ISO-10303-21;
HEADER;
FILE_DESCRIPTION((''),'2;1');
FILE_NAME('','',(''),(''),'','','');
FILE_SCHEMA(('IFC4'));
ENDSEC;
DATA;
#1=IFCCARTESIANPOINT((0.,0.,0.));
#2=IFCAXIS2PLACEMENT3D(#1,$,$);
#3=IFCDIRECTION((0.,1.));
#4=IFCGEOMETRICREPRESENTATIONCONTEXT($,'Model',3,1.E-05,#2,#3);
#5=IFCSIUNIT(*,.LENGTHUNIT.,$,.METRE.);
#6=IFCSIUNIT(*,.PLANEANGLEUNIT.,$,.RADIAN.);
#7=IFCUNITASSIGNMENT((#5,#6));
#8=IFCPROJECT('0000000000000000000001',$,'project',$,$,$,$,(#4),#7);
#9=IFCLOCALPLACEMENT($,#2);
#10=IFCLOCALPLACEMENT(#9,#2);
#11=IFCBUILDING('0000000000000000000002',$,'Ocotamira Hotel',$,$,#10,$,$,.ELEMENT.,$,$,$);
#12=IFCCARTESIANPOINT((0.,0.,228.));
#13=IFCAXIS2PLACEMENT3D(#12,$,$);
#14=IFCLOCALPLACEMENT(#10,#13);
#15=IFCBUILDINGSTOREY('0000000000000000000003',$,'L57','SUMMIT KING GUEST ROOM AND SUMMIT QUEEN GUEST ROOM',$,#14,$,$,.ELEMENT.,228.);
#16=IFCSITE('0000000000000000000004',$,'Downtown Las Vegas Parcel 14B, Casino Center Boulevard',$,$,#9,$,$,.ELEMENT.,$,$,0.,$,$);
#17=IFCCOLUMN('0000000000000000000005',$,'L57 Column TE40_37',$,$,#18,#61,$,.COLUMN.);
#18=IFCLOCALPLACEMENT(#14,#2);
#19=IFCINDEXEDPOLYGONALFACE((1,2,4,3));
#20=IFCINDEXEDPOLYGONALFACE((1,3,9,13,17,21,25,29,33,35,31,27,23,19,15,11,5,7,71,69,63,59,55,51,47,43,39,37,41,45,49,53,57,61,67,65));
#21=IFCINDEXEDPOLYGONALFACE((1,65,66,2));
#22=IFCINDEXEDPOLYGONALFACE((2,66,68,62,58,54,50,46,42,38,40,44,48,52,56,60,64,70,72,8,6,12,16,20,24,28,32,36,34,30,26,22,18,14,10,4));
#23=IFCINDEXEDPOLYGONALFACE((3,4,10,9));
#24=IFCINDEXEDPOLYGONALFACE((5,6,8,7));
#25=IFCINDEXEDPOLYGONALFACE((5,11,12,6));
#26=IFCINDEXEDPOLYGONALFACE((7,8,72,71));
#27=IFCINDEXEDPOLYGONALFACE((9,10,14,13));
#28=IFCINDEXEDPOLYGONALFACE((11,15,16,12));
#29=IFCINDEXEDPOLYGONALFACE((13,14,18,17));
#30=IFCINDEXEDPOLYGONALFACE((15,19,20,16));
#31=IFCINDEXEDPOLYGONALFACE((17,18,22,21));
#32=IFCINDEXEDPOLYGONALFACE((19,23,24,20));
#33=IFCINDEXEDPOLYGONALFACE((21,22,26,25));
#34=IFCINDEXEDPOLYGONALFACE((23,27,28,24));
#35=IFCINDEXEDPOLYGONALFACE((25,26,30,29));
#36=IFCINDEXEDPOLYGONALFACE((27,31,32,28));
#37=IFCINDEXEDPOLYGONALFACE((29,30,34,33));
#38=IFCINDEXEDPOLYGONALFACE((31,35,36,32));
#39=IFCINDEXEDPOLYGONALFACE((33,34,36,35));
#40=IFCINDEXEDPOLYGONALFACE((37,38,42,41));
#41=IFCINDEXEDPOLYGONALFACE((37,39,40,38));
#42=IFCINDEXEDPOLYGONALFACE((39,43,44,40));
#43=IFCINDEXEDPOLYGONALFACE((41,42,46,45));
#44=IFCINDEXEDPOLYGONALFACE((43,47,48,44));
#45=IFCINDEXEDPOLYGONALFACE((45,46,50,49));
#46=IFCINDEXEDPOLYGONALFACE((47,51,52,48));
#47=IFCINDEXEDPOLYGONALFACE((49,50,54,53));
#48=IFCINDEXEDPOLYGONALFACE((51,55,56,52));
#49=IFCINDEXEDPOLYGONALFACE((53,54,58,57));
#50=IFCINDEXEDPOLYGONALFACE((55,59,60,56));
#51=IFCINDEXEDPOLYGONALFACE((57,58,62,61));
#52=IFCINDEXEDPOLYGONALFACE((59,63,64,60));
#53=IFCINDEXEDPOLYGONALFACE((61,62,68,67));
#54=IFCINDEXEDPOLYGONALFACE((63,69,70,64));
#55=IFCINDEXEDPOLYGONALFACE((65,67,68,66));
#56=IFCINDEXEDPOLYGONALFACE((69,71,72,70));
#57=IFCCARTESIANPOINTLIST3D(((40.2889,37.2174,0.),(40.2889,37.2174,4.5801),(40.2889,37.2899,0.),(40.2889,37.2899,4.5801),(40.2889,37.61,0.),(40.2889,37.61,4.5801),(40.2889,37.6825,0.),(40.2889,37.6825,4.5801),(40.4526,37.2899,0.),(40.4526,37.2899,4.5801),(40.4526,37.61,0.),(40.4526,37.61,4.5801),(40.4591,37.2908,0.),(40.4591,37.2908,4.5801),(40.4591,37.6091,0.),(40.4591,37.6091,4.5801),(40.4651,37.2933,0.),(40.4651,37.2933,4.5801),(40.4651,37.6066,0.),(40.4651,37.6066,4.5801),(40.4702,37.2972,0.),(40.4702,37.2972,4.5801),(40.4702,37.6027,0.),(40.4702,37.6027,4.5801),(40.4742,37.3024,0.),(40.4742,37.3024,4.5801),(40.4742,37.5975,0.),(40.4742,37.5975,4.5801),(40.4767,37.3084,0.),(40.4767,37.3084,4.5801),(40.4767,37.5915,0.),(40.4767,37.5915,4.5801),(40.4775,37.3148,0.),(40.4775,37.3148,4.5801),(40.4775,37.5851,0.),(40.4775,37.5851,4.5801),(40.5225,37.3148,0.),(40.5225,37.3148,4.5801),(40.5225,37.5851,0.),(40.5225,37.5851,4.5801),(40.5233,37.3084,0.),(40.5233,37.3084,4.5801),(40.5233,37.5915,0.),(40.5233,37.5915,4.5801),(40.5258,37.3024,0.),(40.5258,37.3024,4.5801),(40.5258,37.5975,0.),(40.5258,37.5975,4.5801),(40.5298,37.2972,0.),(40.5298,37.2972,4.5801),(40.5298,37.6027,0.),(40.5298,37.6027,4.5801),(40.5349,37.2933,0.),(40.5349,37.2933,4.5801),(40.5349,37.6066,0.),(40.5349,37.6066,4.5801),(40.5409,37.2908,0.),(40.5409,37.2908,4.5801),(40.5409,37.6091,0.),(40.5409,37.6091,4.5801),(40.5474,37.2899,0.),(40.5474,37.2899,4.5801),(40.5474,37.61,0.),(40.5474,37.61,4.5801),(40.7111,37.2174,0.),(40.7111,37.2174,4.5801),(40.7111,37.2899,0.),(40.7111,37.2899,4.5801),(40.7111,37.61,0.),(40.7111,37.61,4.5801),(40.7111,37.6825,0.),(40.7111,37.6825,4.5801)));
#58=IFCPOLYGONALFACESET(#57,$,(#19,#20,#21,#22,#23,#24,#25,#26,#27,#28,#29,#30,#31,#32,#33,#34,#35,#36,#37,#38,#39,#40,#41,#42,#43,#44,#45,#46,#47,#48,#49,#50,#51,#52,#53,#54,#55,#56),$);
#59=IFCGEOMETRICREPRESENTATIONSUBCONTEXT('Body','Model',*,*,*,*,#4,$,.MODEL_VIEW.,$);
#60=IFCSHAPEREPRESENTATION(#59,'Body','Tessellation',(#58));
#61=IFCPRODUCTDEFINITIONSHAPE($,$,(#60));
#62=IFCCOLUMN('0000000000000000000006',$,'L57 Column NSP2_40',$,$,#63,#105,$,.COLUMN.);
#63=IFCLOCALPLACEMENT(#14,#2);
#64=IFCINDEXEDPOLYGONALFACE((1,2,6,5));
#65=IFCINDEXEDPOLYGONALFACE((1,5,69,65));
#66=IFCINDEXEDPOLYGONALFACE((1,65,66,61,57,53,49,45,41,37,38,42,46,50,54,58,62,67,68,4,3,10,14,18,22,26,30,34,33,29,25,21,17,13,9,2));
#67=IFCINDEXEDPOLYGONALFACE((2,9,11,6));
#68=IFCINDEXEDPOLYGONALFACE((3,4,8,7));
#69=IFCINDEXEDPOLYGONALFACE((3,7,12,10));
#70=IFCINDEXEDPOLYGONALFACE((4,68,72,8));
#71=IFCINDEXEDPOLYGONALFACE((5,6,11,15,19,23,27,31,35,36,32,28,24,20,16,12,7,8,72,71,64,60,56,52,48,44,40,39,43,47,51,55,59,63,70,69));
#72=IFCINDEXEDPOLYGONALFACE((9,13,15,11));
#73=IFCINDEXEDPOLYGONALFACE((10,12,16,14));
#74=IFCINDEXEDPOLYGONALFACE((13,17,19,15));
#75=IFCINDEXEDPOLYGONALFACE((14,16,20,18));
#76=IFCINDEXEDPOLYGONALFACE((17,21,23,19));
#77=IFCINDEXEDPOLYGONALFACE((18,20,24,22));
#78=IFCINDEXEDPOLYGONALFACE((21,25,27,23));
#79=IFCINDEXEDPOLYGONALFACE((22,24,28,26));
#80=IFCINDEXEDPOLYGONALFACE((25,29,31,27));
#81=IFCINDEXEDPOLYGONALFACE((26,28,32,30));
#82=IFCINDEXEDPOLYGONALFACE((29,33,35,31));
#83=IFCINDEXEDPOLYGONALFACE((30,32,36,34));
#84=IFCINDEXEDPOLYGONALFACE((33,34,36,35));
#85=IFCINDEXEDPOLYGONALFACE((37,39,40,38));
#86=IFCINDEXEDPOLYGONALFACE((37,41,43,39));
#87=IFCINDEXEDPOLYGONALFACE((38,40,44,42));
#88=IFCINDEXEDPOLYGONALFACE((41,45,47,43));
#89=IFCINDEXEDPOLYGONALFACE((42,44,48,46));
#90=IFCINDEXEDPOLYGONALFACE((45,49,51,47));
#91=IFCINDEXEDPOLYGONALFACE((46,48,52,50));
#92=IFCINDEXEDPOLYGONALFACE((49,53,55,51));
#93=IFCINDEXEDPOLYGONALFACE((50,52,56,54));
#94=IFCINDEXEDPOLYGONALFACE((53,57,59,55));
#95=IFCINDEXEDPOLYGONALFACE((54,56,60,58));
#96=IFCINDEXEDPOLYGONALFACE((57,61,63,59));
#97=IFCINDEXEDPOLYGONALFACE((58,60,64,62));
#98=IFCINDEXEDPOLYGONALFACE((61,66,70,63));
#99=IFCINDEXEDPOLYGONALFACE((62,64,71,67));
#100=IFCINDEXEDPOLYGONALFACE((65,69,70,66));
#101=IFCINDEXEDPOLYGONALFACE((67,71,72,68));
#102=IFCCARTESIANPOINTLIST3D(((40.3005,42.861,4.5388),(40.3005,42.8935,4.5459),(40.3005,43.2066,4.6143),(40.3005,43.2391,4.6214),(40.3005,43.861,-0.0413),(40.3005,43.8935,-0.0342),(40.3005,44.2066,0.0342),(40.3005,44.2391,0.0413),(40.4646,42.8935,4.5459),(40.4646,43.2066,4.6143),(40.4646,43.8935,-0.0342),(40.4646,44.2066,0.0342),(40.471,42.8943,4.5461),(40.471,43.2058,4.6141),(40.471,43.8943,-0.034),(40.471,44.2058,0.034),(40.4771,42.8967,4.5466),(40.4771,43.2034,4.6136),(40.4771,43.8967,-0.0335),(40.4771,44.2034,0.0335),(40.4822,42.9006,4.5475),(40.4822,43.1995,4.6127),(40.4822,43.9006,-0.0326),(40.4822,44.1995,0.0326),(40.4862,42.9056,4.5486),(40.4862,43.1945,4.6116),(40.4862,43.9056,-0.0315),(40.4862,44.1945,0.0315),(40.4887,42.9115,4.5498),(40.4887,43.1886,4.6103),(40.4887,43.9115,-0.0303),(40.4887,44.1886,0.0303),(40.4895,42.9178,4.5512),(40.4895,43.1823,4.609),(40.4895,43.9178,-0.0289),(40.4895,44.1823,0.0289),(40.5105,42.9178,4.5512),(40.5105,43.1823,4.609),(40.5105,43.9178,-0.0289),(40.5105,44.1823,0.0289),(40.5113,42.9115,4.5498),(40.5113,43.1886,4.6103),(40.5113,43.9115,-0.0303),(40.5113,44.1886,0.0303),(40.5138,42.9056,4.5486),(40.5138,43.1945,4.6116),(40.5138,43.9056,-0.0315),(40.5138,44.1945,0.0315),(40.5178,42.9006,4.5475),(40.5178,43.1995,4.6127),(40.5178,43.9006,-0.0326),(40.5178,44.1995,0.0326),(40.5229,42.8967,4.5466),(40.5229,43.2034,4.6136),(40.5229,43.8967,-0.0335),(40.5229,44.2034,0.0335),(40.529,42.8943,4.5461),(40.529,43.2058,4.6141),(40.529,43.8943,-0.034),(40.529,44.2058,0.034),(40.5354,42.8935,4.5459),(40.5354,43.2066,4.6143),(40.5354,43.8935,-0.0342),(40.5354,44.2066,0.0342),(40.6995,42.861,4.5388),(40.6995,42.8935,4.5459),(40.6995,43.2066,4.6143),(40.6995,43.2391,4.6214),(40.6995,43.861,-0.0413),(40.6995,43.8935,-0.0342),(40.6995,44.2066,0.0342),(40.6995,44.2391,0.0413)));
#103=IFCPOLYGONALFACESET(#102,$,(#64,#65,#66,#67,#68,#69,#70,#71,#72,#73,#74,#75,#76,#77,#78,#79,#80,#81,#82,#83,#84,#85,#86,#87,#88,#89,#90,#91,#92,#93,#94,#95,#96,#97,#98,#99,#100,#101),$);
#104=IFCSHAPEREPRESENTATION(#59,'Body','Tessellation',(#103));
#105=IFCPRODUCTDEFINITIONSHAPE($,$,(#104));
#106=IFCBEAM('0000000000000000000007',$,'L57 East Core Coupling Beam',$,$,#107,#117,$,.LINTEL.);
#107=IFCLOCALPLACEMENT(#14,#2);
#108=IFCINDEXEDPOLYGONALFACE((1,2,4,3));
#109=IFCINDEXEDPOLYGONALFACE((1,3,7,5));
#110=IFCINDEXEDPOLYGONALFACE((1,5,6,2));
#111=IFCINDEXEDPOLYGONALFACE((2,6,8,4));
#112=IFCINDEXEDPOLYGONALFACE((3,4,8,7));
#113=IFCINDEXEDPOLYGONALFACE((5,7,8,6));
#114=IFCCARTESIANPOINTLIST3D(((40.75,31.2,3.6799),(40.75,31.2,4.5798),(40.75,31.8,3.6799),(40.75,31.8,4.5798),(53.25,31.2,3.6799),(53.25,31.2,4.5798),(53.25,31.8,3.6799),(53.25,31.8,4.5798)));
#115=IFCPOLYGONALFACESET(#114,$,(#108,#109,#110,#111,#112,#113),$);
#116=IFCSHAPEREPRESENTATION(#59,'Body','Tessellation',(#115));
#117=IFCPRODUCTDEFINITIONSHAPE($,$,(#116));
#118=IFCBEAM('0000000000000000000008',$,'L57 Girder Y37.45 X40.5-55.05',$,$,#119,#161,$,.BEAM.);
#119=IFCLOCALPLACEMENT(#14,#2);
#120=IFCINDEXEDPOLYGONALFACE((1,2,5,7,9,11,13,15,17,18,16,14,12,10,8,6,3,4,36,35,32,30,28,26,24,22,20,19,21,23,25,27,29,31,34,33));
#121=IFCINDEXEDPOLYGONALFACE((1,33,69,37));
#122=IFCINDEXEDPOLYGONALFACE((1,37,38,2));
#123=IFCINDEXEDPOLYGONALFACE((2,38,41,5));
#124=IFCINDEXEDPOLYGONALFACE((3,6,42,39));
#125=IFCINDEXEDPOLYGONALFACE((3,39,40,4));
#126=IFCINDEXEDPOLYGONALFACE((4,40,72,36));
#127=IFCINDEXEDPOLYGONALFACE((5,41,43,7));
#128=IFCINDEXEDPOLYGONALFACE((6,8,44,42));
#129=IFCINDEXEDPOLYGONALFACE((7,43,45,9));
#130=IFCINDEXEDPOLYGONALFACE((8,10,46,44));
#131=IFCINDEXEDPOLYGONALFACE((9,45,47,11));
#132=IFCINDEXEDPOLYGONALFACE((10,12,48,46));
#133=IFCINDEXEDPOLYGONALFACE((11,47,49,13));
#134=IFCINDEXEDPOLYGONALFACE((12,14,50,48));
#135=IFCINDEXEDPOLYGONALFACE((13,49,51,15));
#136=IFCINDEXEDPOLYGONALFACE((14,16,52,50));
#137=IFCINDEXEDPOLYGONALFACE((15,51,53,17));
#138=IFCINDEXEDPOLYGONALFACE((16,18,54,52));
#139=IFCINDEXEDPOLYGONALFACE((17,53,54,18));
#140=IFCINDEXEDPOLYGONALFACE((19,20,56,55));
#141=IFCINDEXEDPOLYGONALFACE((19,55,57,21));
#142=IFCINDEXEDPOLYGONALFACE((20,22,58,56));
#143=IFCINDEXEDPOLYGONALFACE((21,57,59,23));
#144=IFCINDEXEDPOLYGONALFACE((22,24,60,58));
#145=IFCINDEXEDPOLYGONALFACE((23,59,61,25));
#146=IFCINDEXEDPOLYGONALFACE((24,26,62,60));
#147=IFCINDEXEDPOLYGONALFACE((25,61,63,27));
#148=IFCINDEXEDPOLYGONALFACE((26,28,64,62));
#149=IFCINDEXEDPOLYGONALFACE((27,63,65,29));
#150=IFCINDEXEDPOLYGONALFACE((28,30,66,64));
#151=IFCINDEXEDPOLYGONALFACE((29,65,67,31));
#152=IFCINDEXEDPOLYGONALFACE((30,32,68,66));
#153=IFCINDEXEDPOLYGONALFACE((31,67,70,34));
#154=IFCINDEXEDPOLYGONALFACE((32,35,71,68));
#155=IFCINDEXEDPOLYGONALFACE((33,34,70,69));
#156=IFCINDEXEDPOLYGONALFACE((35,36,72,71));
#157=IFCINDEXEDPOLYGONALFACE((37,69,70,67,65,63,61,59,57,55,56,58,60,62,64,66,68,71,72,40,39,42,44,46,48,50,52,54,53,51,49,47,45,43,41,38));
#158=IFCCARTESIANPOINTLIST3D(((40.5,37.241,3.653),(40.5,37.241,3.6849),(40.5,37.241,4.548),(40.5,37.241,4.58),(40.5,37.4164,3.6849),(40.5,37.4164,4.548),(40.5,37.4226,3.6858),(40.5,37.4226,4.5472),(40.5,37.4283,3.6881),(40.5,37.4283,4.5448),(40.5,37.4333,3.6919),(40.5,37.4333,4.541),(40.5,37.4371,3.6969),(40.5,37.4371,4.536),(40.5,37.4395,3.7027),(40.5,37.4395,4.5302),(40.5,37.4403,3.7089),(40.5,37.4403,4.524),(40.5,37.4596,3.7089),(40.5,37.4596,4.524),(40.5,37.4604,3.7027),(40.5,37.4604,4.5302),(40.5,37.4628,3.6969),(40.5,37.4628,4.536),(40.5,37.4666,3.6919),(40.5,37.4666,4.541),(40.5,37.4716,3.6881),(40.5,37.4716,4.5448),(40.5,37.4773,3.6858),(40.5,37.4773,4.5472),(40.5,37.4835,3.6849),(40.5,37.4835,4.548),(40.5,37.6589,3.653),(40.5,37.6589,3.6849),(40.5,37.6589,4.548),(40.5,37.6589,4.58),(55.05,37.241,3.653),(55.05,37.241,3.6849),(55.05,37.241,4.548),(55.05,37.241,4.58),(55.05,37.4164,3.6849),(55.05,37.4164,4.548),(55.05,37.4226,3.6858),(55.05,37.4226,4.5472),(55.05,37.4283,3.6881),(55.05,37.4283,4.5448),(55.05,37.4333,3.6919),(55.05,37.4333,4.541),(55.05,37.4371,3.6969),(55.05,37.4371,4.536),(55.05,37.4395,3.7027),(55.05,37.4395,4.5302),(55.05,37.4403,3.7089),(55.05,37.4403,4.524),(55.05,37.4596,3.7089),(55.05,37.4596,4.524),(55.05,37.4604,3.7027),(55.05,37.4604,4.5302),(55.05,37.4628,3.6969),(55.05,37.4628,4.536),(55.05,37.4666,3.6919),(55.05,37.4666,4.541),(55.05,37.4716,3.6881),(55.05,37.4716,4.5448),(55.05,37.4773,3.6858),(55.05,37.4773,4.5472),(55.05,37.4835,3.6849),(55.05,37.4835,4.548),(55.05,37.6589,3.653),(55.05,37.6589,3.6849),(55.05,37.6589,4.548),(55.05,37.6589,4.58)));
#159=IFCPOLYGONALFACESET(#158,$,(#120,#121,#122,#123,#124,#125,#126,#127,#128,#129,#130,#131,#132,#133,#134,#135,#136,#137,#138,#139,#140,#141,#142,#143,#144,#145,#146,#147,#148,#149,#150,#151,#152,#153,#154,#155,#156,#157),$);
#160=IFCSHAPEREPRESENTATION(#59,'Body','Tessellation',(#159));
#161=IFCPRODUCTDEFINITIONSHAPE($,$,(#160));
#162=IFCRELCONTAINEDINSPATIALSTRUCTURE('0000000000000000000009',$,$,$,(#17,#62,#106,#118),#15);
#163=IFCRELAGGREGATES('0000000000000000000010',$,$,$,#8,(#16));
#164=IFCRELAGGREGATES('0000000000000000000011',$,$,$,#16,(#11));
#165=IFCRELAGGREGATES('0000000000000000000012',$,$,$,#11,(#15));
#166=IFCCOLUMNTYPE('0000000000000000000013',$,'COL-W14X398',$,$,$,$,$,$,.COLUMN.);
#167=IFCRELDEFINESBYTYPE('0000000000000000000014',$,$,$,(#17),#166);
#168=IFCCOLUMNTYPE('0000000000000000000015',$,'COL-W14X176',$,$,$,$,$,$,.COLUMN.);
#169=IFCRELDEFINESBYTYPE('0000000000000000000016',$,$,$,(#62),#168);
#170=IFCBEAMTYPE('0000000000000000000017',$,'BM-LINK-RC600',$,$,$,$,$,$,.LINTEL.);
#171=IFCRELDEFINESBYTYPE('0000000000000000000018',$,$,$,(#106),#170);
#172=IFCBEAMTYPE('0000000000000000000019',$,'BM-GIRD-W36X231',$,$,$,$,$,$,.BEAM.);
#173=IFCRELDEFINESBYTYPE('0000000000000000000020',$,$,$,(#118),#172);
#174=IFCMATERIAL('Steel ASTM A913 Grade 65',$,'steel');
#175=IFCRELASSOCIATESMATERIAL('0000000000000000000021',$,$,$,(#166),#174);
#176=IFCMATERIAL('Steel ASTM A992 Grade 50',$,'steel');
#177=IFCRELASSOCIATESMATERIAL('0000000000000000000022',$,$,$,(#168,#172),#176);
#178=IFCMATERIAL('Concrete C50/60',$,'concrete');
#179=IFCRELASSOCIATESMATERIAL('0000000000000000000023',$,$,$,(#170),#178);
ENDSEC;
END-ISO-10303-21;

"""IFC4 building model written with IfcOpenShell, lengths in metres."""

from ifc_helpers import new_model, si_unit, direction, frame, origin, origin_2d, place, context, subcontext, project, spatial, rectangle, i_section, extrude, source, transform, mapped, material, material_profile, profile_set, type_object, element, save


model = new_model("IFC4")

# Units and contexts
model_context = context("Model", 3, precision=1e-05, world=origin(), true_north=direction((0.0, 1.0)))
body_context = subcontext(model_context, "Body", "Model", "MODEL_VIEW")
ifc_project = project(units=[si_unit("LENGTHUNIT", "METRE"), si_unit("PLANEANGLEUNIT", "RADIAN")], contexts=[model_context])

# Site, building, storey
site_placement = place(None, origin())
site = spatial("IfcSite", under=ifc_project, at=site_placement, Name="Downtown Las Vegas Parcel 14B, Casino Center Boulevard", CompositionType="ELEMENT", RefElevation=0.0)
building_placement = place(site_placement, origin())
building = spatial("IfcBuilding", under=site, at=building_placement, Name="Ocotamira Hotel", CompositionType="ELEMENT")
storey_placement = place(building_placement, frame((0.0, 0.0, 228.0)))
storey = spatial("IfcBuildingStorey", under=building, at=storey_placement, Name="L57", Description="SUMMIT KING GUEST ROOM AND SUMMIT QUEEN GUEST ROOM", CompositionType="ELEMENT", Elevation=228.0)

# Columns
ifc_material_1 = material(Name="Steel ASTM A913 Grade 65", Category="steel")
ifc_material_profile_1 = material_profile(ifc_material_1, i_section(OverallWidth=0.4221, OverallDepth=0.4651, WebThickness=0.0449, FlangeThickness=0.0725, FilletRadius=0.0249, at=origin_2d()), Name="W14X398")
ifc_profile_set_1 = profile_set([ifc_material_profile_1], Name="Steel ASTM A913 Grade 65")
column_type_1 = type_object("IfcColumnType", Name="COL-W14X398", PredefinedType="COLUMN", material=ifc_profile_set_1)
shared_shape_1 = source(origin(), body_context, "Body", "SweptSolid", [
    extrude(i_section(OverallWidth=0.4221, OverallDepth=0.4651, WebThickness=0.0449, FlangeThickness=0.0725, FilletRadius=0.0249, at=origin_2d()), origin(), (0.0, 0.0, 1.0), 4.5801),
])
column_1_placement = place(storey_placement, frame((40.5, 37.45, 0.0), z_axis=(0.0, 0.0, 1.0), x_axis=(1.0, 0.0, 0.0)))
element("IfcColumn", 1, at=column_1_placement, inside=storey, type_object=column_type_1, Name="L57 Column TE40_37", PredefinedType="COLUMN", context=body_context, shape_type="MappedRepresentation", body=[
    mapped(shared_shape_1, transform((0.0, 0.0, 0.0), scale=1.0)),
])
ifc_material_2 = material(Name="Steel ASTM A992 Grade 50", Category="steel")
ifc_material_profile_2 = material_profile(ifc_material_2, i_section(OverallWidth=0.3989, OverallDepth=0.387, WebThickness=0.021, FlangeThickness=0.0332, FilletRadius=0.0249, at=origin_2d()), Name="W14X176")
ifc_profile_set_2 = profile_set([ifc_material_profile_2], Name="Steel ASTM A992 Grade 50")
column_type_2 = type_object("IfcColumnType", Name="COL-W14X176", PredefinedType="COLUMN", material=ifc_profile_set_2)
shared_shape_2 = source(origin(), body_context, "Body", "SweptSolid", [
    extrude(i_section(OverallWidth=0.3989, OverallDepth=0.387, WebThickness=0.021, FlangeThickness=0.0332, FilletRadius=0.0249, at=origin_2d()), origin(), (0.0, 0.0, 1.0), 4.688),
])
column_2_placement = place(storey_placement, frame((40.5, 44.05, 0.0), z_axis=(0.0, -0.213312, 0.976984), x_axis=(1.0, 0.0, 0.0)))
element("IfcColumn", 2, at=column_2_placement, inside=storey, type_object=column_type_2, Name="L57 Column NSP2_40", PredefinedType="COLUMN", context=body_context, shape_type="MappedRepresentation", body=[
    mapped(shared_shape_2, transform((0.0, 0.0, 0.0), scale=1.0)),
])

# Beams
ifc_material_3 = material(Name="Concrete C50/60", Category="concrete")
ifc_material_profile_3 = material_profile(ifc_material_3, rectangle(XDim=0.6001, YDim=0.8999, at=origin_2d()), Name="RC600X900")
ifc_profile_set_3 = profile_set([ifc_material_profile_3], Name="Concrete C50/60")
beam_type_1 = type_object("IfcBeamType", Name="BM-LINK-RC600", PredefinedType="LINTEL", material=ifc_profile_set_3)
shared_shape_3 = source(origin(), body_context, "Body", "SweptSolid", [
    extrude(rectangle(XDim=0.6001, YDim=0.8999, at=origin_2d()), origin(), (0.0, 0.0, 1.0), 12.5),
])
beam_1_placement = place(storey_placement, frame((40.75, 31.5, 4.1299), z_axis=(1.0, 0.0, 0.0), x_axis=(0.0, 1.0, 0.0)))
element("IfcBeam", 3, at=beam_1_placement, inside=storey, type_object=beam_type_1, Name="L57 East Core Coupling Beam", PredefinedType="LINTEL", context=body_context, shape_type="MappedRepresentation", body=[
    mapped(shared_shape_3, transform((0.0, 0.0, 0.0), scale=1.0)),
])
ifc_material_profile_4 = material_profile(ifc_material_2, i_section(OverallWidth=0.418, OverallDepth=0.927, WebThickness=0.0193, FlangeThickness=0.032, FilletRadius=0.0239, at=origin_2d()), Name="W36X231")
ifc_profile_set_4 = profile_set([ifc_material_profile_4], Name="Steel ASTM A992 Grade 50")
beam_type_2 = type_object("IfcBeamType", Name="BM-GIRD-W36X231", PredefinedType="BEAM", material=ifc_profile_set_4)
shared_shape_4 = source(origin(), body_context, "Body", "SweptSolid", [
    extrude(i_section(OverallWidth=0.418, OverallDepth=0.927, WebThickness=0.0193, FlangeThickness=0.032, FilletRadius=0.0239, at=origin_2d()), origin(), (0.0, 0.0, 1.0), 14.55),
])
beam_2_placement = place(storey_placement, frame((40.5, 37.45, 4.1165), z_axis=(1.0, 0.0, 0.0), x_axis=(0.0, 1.0, 0.0)))
element("IfcBeam", 4, at=beam_2_placement, inside=storey, type_object=beam_type_2, Name="L57 Girder Y37.45 X40.5-55.05", PredefinedType="BEAM", context=body_context, shape_type="MappedRepresentation", body=[
    mapped(shared_shape_4, transform((0.0, 0.0, 0.0), scale=1.0)),
])

save(model, "model.ifc")
